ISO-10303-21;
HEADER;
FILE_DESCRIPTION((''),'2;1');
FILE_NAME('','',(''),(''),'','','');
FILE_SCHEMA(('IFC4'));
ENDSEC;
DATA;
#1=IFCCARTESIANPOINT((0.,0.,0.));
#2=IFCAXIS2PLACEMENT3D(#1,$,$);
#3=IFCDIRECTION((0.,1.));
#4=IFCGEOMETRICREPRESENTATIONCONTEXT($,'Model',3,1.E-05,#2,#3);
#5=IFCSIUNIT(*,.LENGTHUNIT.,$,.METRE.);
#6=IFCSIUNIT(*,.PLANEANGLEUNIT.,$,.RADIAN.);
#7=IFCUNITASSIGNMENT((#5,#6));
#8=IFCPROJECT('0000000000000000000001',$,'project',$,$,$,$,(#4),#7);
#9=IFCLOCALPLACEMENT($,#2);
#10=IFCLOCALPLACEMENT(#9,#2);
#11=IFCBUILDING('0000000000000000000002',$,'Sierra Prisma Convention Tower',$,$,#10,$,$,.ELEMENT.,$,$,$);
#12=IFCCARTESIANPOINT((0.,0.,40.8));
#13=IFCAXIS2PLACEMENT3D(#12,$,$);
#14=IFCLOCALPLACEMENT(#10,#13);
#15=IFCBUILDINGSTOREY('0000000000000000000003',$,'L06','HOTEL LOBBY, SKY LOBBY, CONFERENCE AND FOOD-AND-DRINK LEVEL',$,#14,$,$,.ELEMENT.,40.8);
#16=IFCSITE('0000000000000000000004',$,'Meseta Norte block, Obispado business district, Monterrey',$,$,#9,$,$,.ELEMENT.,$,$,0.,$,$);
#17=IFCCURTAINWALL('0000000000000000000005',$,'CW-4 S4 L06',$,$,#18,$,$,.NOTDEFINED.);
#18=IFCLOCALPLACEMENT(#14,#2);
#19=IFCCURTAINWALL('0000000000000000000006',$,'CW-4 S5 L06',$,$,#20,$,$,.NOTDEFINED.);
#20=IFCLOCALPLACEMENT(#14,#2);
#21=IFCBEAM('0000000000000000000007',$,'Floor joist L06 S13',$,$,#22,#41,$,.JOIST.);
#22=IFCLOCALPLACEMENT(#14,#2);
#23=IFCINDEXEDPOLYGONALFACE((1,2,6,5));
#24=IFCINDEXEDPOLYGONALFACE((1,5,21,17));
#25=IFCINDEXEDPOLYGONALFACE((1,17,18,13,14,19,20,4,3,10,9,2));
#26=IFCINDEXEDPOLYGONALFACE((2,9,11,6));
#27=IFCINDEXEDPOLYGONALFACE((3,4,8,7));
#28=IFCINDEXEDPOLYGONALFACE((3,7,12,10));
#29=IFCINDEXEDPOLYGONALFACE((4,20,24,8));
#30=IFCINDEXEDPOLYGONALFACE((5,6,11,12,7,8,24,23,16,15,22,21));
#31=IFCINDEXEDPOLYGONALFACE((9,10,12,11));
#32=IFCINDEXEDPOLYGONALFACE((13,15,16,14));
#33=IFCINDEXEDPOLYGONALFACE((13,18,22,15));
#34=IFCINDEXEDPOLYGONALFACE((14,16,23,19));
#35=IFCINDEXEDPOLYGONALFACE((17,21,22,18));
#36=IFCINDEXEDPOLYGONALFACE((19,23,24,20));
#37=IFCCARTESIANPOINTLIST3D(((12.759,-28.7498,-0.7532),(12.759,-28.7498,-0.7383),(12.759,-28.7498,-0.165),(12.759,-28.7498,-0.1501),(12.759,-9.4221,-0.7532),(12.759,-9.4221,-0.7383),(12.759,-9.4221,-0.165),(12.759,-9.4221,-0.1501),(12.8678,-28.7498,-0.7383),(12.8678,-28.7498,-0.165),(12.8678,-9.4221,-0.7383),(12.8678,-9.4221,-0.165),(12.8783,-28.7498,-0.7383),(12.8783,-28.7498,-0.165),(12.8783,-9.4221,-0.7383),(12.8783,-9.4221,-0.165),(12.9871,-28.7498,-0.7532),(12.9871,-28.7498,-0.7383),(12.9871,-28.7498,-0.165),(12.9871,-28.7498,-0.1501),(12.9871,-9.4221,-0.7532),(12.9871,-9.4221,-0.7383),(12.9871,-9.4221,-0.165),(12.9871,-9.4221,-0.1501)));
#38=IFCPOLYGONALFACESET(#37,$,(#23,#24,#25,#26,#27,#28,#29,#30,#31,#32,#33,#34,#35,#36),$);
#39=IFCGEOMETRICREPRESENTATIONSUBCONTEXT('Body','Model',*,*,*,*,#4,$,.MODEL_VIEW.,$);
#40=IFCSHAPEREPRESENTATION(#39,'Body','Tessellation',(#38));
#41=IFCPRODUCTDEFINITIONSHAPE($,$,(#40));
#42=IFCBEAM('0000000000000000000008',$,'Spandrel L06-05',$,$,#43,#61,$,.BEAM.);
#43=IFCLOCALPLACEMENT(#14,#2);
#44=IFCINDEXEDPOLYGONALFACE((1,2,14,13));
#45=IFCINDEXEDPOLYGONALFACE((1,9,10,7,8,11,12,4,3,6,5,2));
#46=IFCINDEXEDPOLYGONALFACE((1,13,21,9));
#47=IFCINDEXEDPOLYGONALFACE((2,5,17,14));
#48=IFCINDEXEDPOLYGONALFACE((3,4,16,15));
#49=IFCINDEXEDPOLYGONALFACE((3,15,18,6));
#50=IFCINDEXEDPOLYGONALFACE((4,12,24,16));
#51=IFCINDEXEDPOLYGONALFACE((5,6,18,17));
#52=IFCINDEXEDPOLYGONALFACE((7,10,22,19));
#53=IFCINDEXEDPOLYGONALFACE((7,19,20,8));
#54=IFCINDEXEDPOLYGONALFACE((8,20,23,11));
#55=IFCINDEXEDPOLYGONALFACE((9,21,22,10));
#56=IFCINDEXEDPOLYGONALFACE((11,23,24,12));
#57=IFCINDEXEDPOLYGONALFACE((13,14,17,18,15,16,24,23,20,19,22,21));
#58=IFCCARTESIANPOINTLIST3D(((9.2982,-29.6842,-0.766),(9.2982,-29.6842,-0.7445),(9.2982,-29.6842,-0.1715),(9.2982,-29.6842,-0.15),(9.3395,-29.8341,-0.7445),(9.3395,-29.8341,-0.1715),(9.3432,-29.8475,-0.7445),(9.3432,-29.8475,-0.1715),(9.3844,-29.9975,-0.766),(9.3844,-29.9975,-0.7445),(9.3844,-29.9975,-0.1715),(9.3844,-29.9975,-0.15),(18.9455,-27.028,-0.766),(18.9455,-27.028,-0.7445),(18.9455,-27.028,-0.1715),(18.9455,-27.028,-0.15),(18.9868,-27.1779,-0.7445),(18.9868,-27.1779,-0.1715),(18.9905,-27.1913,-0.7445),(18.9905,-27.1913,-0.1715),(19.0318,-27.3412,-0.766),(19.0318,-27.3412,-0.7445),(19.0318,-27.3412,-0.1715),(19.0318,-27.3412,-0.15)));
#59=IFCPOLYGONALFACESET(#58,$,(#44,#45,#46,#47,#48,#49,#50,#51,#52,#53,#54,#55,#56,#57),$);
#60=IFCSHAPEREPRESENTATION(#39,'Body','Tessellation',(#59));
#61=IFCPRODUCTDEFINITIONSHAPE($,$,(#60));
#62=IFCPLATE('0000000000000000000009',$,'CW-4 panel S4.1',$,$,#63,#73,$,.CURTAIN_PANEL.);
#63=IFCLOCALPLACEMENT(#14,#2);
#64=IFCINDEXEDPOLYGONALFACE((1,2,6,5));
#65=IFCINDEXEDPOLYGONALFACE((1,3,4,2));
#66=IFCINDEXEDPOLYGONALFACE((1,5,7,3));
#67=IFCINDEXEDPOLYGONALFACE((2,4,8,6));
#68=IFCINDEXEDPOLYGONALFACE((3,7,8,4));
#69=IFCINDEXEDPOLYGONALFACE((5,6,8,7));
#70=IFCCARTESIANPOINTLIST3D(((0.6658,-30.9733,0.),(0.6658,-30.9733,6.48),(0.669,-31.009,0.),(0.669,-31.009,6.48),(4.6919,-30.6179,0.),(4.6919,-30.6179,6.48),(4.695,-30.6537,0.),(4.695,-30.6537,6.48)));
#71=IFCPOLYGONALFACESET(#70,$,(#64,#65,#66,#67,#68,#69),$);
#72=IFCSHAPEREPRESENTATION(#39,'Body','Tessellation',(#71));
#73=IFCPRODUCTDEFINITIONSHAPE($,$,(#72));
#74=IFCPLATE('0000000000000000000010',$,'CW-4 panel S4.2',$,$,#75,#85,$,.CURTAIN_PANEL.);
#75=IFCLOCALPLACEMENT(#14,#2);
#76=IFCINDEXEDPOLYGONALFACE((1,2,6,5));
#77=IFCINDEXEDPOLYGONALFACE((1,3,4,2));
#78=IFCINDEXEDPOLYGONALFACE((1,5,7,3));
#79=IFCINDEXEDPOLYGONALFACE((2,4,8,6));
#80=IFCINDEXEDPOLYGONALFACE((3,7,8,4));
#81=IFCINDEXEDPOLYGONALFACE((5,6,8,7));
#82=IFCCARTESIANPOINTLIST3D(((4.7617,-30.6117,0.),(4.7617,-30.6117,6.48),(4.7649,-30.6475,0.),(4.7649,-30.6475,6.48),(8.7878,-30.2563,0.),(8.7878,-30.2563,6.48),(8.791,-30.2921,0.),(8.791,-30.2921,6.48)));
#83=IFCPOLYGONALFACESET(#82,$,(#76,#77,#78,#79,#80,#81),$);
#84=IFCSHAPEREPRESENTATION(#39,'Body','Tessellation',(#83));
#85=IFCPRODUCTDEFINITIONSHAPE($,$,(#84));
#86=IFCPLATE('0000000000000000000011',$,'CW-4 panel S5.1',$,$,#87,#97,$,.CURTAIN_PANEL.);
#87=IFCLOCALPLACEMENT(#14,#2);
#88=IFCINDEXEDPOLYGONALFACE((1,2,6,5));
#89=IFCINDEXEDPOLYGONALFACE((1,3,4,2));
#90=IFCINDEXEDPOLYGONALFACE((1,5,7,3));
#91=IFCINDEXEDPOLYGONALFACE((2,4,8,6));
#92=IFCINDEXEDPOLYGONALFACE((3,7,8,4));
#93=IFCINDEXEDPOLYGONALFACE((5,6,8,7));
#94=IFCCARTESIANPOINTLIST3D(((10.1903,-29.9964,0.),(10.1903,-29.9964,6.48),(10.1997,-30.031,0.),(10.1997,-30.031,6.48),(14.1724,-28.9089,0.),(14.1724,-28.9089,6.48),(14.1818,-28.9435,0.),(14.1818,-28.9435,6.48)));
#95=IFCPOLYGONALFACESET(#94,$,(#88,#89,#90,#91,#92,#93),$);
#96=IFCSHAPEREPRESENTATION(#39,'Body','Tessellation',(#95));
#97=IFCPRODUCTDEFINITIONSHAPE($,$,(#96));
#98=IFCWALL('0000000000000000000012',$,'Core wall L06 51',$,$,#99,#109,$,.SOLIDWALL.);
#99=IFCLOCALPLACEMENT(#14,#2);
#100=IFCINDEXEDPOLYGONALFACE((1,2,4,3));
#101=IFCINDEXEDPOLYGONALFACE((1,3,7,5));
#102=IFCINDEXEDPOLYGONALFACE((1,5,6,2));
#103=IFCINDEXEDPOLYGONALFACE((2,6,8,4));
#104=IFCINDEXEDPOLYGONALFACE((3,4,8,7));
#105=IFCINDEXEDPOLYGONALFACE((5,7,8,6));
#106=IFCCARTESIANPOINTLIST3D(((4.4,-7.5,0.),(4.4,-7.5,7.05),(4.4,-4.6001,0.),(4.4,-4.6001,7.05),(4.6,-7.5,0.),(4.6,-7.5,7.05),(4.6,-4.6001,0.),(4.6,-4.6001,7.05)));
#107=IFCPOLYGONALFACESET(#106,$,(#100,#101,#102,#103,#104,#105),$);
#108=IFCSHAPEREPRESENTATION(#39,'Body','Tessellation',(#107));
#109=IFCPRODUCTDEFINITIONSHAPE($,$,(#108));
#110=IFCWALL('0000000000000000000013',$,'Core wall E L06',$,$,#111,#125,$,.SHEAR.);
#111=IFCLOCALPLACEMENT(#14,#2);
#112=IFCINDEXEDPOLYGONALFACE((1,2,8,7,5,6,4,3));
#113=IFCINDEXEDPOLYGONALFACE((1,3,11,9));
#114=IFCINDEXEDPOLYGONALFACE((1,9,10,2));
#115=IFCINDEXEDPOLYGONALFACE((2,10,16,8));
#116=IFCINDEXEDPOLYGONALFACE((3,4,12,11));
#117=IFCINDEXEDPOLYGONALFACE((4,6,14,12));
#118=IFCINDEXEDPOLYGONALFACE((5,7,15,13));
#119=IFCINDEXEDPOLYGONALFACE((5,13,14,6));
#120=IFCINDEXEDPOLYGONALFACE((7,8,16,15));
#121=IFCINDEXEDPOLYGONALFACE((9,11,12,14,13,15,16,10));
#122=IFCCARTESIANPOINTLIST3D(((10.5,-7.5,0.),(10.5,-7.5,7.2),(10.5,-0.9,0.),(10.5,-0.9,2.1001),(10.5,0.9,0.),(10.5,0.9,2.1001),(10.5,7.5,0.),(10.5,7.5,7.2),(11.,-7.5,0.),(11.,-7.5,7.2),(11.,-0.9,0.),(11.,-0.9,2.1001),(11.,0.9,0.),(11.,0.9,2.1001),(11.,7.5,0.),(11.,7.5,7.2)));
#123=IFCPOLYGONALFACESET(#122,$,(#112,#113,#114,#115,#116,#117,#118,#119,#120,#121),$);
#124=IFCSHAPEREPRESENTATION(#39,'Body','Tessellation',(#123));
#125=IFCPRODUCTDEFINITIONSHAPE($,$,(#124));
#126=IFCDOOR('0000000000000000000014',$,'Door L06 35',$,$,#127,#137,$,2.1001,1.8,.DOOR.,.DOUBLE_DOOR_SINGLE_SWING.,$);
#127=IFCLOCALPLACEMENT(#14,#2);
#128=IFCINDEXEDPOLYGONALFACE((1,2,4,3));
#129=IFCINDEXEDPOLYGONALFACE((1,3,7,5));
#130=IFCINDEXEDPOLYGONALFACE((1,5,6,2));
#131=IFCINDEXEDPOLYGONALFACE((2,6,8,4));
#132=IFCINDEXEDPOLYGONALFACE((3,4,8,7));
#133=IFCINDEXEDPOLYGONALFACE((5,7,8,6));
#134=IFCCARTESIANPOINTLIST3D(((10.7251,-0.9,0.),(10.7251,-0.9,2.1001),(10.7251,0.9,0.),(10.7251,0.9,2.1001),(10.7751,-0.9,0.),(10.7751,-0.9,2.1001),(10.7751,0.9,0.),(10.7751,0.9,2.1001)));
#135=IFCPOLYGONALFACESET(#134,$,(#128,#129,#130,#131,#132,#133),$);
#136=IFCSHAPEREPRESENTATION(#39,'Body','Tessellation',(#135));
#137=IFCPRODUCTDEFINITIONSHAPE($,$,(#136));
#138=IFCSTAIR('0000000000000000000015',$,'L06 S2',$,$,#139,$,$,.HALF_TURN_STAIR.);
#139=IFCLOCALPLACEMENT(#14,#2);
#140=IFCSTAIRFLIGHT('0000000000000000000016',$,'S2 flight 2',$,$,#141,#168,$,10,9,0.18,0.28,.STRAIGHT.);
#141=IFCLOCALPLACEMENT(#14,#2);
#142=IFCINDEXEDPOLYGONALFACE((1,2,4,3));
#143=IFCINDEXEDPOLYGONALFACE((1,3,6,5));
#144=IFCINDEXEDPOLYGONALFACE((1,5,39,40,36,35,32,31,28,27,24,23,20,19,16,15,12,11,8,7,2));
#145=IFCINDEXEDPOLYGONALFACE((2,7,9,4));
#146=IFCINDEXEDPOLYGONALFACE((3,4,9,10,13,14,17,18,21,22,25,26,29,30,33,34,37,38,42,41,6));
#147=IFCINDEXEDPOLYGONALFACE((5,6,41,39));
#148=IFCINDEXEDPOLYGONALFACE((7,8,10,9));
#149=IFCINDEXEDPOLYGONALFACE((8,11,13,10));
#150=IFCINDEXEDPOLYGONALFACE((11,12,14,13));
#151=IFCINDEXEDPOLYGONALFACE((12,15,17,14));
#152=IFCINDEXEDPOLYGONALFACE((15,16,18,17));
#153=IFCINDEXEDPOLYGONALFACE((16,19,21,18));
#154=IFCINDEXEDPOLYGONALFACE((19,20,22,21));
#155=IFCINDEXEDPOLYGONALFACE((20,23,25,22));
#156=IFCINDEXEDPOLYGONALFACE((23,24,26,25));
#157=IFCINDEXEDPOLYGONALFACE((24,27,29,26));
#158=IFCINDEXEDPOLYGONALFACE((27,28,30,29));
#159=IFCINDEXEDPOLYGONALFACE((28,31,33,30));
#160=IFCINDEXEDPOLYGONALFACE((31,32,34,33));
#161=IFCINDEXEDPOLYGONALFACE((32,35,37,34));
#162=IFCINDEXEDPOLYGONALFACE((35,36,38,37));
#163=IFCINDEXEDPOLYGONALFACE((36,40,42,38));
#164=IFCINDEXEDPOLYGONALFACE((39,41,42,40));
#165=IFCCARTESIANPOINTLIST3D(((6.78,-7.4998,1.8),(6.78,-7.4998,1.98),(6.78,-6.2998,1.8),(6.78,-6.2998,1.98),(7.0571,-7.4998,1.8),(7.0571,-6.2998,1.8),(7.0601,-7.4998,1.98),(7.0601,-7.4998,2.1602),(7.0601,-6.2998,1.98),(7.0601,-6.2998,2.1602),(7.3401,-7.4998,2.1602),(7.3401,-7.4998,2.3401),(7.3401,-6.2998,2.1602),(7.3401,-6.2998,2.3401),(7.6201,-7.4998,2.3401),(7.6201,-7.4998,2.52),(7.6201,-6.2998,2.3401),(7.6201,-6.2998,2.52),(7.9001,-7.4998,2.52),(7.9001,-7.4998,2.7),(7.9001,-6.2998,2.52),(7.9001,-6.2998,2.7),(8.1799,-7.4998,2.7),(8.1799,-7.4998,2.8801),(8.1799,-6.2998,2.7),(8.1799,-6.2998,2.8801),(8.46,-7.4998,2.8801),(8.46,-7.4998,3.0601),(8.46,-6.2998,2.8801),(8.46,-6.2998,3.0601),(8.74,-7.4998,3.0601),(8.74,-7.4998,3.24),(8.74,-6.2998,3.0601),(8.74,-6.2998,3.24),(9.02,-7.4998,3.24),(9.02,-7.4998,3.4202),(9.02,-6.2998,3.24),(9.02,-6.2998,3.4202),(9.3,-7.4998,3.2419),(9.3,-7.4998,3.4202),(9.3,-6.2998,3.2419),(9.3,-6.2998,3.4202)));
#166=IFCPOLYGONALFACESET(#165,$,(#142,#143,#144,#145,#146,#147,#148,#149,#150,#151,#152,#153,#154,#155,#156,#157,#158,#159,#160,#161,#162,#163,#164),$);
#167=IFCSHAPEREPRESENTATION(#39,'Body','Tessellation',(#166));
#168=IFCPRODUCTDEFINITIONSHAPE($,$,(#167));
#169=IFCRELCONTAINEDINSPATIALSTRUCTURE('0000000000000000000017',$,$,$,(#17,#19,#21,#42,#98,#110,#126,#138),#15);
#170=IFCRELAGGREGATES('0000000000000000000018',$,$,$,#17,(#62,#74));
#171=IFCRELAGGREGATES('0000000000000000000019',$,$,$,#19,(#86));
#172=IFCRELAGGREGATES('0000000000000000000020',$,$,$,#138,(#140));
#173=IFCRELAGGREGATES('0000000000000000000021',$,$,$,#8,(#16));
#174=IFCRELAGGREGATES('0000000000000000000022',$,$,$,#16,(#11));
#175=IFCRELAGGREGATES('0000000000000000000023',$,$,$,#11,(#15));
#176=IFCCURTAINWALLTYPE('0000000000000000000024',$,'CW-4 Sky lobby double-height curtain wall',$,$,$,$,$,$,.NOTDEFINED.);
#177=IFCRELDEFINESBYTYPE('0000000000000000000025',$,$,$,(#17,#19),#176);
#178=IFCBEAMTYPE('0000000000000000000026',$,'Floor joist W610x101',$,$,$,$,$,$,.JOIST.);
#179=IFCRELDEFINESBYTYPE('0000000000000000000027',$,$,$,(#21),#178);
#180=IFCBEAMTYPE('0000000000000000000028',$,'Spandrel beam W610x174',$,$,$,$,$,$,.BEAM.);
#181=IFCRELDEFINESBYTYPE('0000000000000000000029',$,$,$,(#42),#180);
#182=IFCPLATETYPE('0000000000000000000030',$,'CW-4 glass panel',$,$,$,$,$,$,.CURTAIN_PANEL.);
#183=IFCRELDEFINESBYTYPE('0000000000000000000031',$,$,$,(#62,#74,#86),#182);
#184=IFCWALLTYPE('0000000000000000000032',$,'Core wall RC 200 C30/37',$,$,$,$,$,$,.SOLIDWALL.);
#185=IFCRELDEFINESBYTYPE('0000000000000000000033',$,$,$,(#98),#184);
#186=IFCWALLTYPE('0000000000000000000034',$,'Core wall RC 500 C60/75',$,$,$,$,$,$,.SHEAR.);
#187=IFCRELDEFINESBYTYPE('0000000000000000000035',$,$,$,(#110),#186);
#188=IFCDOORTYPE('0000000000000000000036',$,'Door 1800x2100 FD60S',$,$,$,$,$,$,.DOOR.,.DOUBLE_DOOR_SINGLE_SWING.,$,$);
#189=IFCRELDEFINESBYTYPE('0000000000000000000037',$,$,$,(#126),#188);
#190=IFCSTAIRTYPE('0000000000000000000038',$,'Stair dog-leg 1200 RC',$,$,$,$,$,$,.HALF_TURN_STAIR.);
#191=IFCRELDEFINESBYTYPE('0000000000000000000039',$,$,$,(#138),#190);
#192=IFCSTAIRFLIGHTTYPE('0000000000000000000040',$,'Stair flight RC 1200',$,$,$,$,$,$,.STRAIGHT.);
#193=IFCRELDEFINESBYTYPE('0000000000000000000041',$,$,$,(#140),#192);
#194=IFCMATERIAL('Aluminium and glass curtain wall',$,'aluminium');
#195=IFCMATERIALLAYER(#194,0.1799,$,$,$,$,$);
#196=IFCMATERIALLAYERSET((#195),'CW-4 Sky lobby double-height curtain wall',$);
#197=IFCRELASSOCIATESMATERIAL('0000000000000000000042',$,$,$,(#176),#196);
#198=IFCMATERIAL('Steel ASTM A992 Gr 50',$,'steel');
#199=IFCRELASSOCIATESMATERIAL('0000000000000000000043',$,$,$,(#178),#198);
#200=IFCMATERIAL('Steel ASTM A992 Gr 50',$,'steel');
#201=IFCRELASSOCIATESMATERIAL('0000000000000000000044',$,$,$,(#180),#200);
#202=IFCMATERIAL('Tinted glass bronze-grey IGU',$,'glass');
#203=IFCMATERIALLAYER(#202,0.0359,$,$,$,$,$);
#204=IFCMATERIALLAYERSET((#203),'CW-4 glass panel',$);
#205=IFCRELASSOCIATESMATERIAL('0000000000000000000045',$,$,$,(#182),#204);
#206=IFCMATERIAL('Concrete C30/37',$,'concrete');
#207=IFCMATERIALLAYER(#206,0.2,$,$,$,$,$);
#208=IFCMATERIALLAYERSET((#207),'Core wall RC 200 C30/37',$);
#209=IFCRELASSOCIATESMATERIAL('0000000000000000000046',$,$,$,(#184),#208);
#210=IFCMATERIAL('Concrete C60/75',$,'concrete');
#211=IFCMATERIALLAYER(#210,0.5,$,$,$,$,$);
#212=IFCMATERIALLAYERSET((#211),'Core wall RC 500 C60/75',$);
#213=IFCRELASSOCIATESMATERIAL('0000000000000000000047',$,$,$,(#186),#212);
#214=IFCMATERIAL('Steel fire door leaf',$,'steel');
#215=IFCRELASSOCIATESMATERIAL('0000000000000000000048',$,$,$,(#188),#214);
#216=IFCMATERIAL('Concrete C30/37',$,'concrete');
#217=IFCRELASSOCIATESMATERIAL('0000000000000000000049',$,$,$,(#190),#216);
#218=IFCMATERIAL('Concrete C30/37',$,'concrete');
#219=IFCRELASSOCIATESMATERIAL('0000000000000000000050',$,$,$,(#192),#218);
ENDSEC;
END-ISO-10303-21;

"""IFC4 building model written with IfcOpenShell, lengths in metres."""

from ifc_helpers import new_model, si_unit, direction, frame, frame_2d, origin, origin_2d, place, context, subcontext, project, spatial, polyline, rectangle, i_section, outline, extrude, material, layer, layer_set, material_profile, profile_set, type_object, element, fill, aggregate, save


model = new_model("IFC4")

# Units and contexts
model_context = context("Model", 3, precision=1e-05, world=origin(), true_north=direction((0.0, 1.0)))
body_context = subcontext(model_context, "Body", "Model", "MODEL_VIEW")
ifc_project = project(units=[si_unit("LENGTHUNIT", "METRE"), si_unit("PLANEANGLEUNIT", "RADIAN")], contexts=[model_context])

# Site, building, storey
site_placement = place(None, origin())
site = spatial("IfcSite", under=ifc_project, at=site_placement, Name="Meseta Norte block, Obispado business district, Monterrey", CompositionType="ELEMENT", RefElevation=0.0)
building_placement = place(site_placement, origin())
building = spatial("IfcBuilding", under=site, at=building_placement, Name="Sierra Prisma Convention Tower", CompositionType="ELEMENT")
storey_placement = place(building_placement, frame((0.0, 0.0, 40.8)))
storey = spatial("IfcBuildingStorey", under=building, at=storey_placement, Name="L06", Description="HOTEL LOBBY, SKY LOBBY, CONFERENCE AND FOOD-AND-DRINK LEVEL", CompositionType="ELEMENT", Elevation=40.8)

# Curtain wall
ifc_material_1 = material(Name="Aluminium and glass curtain wall", Category="aluminium")
ifc_layer_1 = layer(ifc_material_1, 0.1799)
ifc_layer_set_1 = layer_set([ifc_layer_1], Name="CW-4 Sky lobby double-height curtain wall")
curtain_wall_type = type_object("IfcCurtainWallType", Name="CW-4 Sky lobby double-height curtain wall", PredefinedType="NOTDEFINED", material=ifc_layer_set_1)
curtain_wall_1_placement = place(storey_placement, origin())
curtain_wall_1 = element("IfcCurtainWall", 1, at=curtain_wall_1_placement, inside=storey, type_object=curtain_wall_type, Name="CW-4 S4 L06", PredefinedType="NOTDEFINED")

# Curtain wall
curtain_wall_2_placement = place(storey_placement, origin())
curtain_wall_2 = element("IfcCurtainWall", 2, at=curtain_wall_2_placement, inside=storey, type_object=curtain_wall_type, Name="CW-4 S5 L06", PredefinedType="NOTDEFINED")

# Beams
ifc_material_2 = material(Name="Steel ASTM A992 Gr 50", Category="steel")
ifc_material_profile_1 = material_profile(ifc_material_2, i_section(OverallWidth=0.228, OverallDepth=0.603, WebThickness=0.0105, FlangeThickness=0.0149, at=origin_2d()), Name="W610x101")
ifc_profile_set_1 = profile_set([ifc_material_profile_1], Name="Steel ASTM A992 Gr 50")
beam_type_1 = type_object("IfcBeamType", Name="Floor joist W610x101", PredefinedType="JOIST", material=ifc_profile_set_1)
beam_1_placement = place(storey_placement, frame((12.873, -28.7498, -0.4517), z_axis=(0.0, 1.0, 0.0), x_axis=(-1.0, 0.0, 0.0)))
element("IfcBeam", 3, at=beam_1_placement, inside=storey, type_object=beam_type_1, Name="Floor joist L06 S13", PredefinedType="JOIST", context=body_context, shape_type="SweptSolid", body=[
    extrude(i_section(OverallWidth=0.228, OverallDepth=0.603, WebThickness=0.0105, FlangeThickness=0.0149, at=origin_2d()), origin(), (0.0, 0.0, 1.0), 19.3276),
])
ifc_material_3 = material(Name="Steel ASTM A992 Gr 50", Category="steel")
ifc_material_profile_2 = material_profile(ifc_material_3, i_section(OverallWidth=0.325, OverallDepth=0.616, WebThickness=0.0139, FlangeThickness=0.0215, at=origin_2d()), Name="W610x174")
ifc_profile_set_2 = profile_set([ifc_material_profile_2], Name="Steel ASTM A992 Gr 50")
beam_type_2 = type_object("IfcBeamType", Name="Spandrel beam W610x174", PredefinedType="BEAM", material=ifc_profile_set_2)
beam_2_placement = place(storey_placement, frame((9.3413, -29.8408, -0.458), z_axis=(0.964124, 0.265454, 0.0), x_axis=(-0.265454, 0.964124, 0.0)))
element("IfcBeam", 4, at=beam_2_placement, inside=storey, type_object=beam_type_2, Name="Spandrel L06-05", PredefinedType="BEAM", context=body_context, shape_type="SweptSolid", body=[
    extrude(i_section(OverallWidth=0.325, OverallDepth=0.616, WebThickness=0.0139, FlangeThickness=0.0215, at=origin_2d()), origin(), (0.0, 0.0, 1.0), 10.0063),
])

# Plates
ifc_material_4 = material(Name="Tinted glass bronze-grey IGU", Category="glass")
ifc_layer_2 = layer(ifc_material_4, 0.0359)
ifc_layer_set_2 = layer_set([ifc_layer_2], Name="CW-4 glass panel")
plate_type = type_object("IfcPlateType", Name="CW-4 glass panel", PredefinedType="CURTAIN_PANEL", material=ifc_layer_set_2)
plate_1_placement = place(storey_placement, frame((2.6804, -30.8135, 0.0), z_axis=(0.0, 0.0, 1.0), x_axis=(0.996127, 0.087926, 0.0)))
plate_1 = element("IfcPlate", 5, at=plate_1_placement, type_object=plate_type, Name="CW-4 panel S4.1", PredefinedType="CURTAIN_PANEL", context=body_context, shape_type="SweptSolid", body=[
    extrude(rectangle(XDim=4.0417, YDim=0.0359, at=origin_2d()), origin(), (0.0, 0.0, 1.0), 6.48),
])
plate_2_placement = place(storey_placement, frame((6.7764, -30.4519, 0.0), z_axis=(0.0, 0.0, 1.0), x_axis=(0.996127, 0.087926, 0.0)))
plate_2 = element("IfcPlate", 6, at=plate_2_placement, type_object=plate_type, Name="CW-4 panel S4.2", PredefinedType="CURTAIN_PANEL", context=body_context, shape_type="SweptSolid", body=[
    extrude(rectangle(XDim=4.0417, YDim=0.0359, at=origin_2d()), origin(), (0.0, 0.0, 1.0), 6.48),
])
aggregate(curtain_wall_1, [plate_1, plate_2])
plate_3_placement = place(storey_placement, frame((12.186, -29.47, 0.0), z_axis=(0.0, 0.0, 1.0), x_axis=(0.964671, 0.263456, 0.0)))
plate_3 = element("IfcPlate", 7, at=plate_3_placement, type_object=plate_type, Name="CW-4 panel S5.1", PredefinedType="CURTAIN_PANEL", context=body_context, shape_type="SweptSolid", body=[
    extrude(rectangle(XDim=4.1279, YDim=0.0359, at=origin_2d()), origin(), (0.0, 0.0, 1.0), 6.48),
])
aggregate(curtain_wall_2, [plate_3])

# Wall
ifc_material_5 = material(Name="Concrete C30/37", Category="concrete")
ifc_layer_3 = layer(ifc_material_5, 0.2)
ifc_layer_set_3 = layer_set([ifc_layer_3], Name="Core wall RC 200 C30/37")
wall_type_1 = type_object("IfcWallType", Name="Core wall RC 200 C30/37", PredefinedType="SOLIDWALL", material=ifc_layer_set_3)
wall_1_placement = place(storey_placement, frame((4.5, -7.5, 0.0), z_axis=(0.0, 0.0, 1.0), x_axis=(0.0, 1.0, 0.0)))
element("IfcWall", 8, at=wall_1_placement, inside=storey, type_object=wall_type_1, Name="Core wall L06 51", PredefinedType="SOLIDWALL", context=body_context, shape_type="SweptSolid", body=[
    extrude(rectangle(XDim=2.8999, YDim=0.2, at=frame_2d((1.45, 0.0))), origin(), (0.0, 0.0, 1.0), 7.05),
])

# Wall, opening, door
ifc_material_6 = material(Name="Concrete C60/75", Category="concrete")
ifc_layer_4 = layer(ifc_material_6, 0.5)
ifc_layer_set_4 = layer_set([ifc_layer_4], Name="Core wall RC 500 C60/75")
wall_type_2 = type_object("IfcWallType", Name="Core wall RC 500 C60/75", PredefinedType="SHEAR", material=ifc_layer_set_4)
wall_2_placement = place(storey_placement, frame((10.75, -7.5, 0.0), z_axis=(0.0, 0.0, 1.0), x_axis=(0.0, 1.0, 0.0)))
wall_2 = element("IfcWall", 9, at=wall_2_placement, inside=storey, type_object=wall_type_2, Name="Core wall E L06", PredefinedType="SHEAR", context=body_context, shape_type="SweptSolid", body=[
    extrude(rectangle(XDim=15.0, YDim=0.5, at=frame_2d((7.5, 0.0))), origin(), (0.0, 0.0, 1.0), 7.2),
])
opening_placement = place(wall_2_placement, frame((6.6001, 0.0, 0.0)))
opening = element("IfcOpeningElement", 10, at=opening_placement, cuts=wall_2, PredefinedType="OPENING", context=body_context, shape_type="SweptSolid", body=[
    extrude(rectangle(XDim=1.8, YDim=2.1001, at=frame_2d((0.8999, 1.05))), frame((0.0, 0.25, 0.0), z_axis=(0.0, -1.0, 0.0), x_axis=(1.0, 0.0, 0.0)), (0.0, 0.0, 1.0), 0.5),
])
ifc_material_7 = material(Name="Steel fire door leaf", Category="steel")
door_type = type_object("IfcDoorType", Name="Door 1800x2100 FD60S", OperationType="DOUBLE_DOOR_SINGLE_SWING", PredefinedType="DOOR", material=ifc_material_7)
door_placement = place(opening_placement, origin())
door = element("IfcDoor", 11, at=door_placement, inside=storey, type_object=door_type, Name="Door L06 35", OperationType="DOUBLE_DOOR_SINGLE_SWING", OverallHeight=2.1001, OverallWidth=1.8, PredefinedType="DOOR", context=body_context, shape_type="SweptSolid", body=[
    extrude(rectangle(XDim=1.8, YDim=2.1001, at=frame_2d((0.8999, 1.05))), frame((0.0, 0.0249, 0.0), z_axis=(0.0, -1.0, 0.0), x_axis=(1.0, 0.0, 0.0)), (0.0, 0.0, 1.0), 0.05),
])
fill(opening, door)

# Stair, stair flight
ifc_material_8 = material(Name="Concrete C30/37", Category="concrete")
stair_type = type_object("IfcStairType", Name="Stair dog-leg 1200 RC", PredefinedType="HALF_TURN_STAIR", material=ifc_material_8)
stair_placement = place(storey_placement, origin())
stair = element("IfcStair", 12, at=stair_placement, inside=storey, type_object=stair_type, Name="L06 S2", PredefinedType="HALF_TURN_STAIR")
ifc_material_9 = material(Name="Concrete C30/37", Category="concrete")
stair_flight_type = type_object("IfcStairFlightType", Name="Stair flight RC 1200", PredefinedType="STRAIGHT", material=ifc_material_9)
stair_flight_1_placement = place(storey_placement, frame((6.78, -6.8999, 1.8), z_axis=(0.0, 0.0, 1.0), x_axis=(1.0, 0.0, 0.0)))
stair_flight_1 = element("IfcStairFlight", 13, at=stair_flight_1_placement, type_object=stair_flight_type, Name="S2 flight 2", NumberOfRisers=10, NumberOfTreads=9, PredefinedType="STRAIGHT", RiserHeight=0.18, TreadLength=0.28, context=body_context, shape_type="SweptSolid", body=[
    extrude(outline(polyline([(0.0, 0.0), (0.0, 0.1799), (0.28, 0.1799), (0.28, 0.3601), (0.5601, 0.3601), (0.5601, 0.54), (0.8401, 0.54), (0.8401, 0.72), (1.1201, 0.72), (1.1201, 0.8999), (1.3999, 0.8999), (1.3999, 1.0801), (1.6799, 1.0801), (1.6799, 1.26), (1.96, 1.26), (1.96, 1.4399), (2.24, 1.4399), (2.24, 1.6201), (2.52, 1.6201), (2.52, 1.8), (2.52, 1.4419), (0.2771, 0.0), (0.0, 0.0)])), frame((0.0, 0.6001, 0.0), z_axis=(0.0, -1.0, 0.0), x_axis=(1.0, 0.0, 0.0)), (0.0, 0.0, 1.0), 1.2),
])
aggregate(stair, [stair_flight_1])

save(model, "model.ifc")
